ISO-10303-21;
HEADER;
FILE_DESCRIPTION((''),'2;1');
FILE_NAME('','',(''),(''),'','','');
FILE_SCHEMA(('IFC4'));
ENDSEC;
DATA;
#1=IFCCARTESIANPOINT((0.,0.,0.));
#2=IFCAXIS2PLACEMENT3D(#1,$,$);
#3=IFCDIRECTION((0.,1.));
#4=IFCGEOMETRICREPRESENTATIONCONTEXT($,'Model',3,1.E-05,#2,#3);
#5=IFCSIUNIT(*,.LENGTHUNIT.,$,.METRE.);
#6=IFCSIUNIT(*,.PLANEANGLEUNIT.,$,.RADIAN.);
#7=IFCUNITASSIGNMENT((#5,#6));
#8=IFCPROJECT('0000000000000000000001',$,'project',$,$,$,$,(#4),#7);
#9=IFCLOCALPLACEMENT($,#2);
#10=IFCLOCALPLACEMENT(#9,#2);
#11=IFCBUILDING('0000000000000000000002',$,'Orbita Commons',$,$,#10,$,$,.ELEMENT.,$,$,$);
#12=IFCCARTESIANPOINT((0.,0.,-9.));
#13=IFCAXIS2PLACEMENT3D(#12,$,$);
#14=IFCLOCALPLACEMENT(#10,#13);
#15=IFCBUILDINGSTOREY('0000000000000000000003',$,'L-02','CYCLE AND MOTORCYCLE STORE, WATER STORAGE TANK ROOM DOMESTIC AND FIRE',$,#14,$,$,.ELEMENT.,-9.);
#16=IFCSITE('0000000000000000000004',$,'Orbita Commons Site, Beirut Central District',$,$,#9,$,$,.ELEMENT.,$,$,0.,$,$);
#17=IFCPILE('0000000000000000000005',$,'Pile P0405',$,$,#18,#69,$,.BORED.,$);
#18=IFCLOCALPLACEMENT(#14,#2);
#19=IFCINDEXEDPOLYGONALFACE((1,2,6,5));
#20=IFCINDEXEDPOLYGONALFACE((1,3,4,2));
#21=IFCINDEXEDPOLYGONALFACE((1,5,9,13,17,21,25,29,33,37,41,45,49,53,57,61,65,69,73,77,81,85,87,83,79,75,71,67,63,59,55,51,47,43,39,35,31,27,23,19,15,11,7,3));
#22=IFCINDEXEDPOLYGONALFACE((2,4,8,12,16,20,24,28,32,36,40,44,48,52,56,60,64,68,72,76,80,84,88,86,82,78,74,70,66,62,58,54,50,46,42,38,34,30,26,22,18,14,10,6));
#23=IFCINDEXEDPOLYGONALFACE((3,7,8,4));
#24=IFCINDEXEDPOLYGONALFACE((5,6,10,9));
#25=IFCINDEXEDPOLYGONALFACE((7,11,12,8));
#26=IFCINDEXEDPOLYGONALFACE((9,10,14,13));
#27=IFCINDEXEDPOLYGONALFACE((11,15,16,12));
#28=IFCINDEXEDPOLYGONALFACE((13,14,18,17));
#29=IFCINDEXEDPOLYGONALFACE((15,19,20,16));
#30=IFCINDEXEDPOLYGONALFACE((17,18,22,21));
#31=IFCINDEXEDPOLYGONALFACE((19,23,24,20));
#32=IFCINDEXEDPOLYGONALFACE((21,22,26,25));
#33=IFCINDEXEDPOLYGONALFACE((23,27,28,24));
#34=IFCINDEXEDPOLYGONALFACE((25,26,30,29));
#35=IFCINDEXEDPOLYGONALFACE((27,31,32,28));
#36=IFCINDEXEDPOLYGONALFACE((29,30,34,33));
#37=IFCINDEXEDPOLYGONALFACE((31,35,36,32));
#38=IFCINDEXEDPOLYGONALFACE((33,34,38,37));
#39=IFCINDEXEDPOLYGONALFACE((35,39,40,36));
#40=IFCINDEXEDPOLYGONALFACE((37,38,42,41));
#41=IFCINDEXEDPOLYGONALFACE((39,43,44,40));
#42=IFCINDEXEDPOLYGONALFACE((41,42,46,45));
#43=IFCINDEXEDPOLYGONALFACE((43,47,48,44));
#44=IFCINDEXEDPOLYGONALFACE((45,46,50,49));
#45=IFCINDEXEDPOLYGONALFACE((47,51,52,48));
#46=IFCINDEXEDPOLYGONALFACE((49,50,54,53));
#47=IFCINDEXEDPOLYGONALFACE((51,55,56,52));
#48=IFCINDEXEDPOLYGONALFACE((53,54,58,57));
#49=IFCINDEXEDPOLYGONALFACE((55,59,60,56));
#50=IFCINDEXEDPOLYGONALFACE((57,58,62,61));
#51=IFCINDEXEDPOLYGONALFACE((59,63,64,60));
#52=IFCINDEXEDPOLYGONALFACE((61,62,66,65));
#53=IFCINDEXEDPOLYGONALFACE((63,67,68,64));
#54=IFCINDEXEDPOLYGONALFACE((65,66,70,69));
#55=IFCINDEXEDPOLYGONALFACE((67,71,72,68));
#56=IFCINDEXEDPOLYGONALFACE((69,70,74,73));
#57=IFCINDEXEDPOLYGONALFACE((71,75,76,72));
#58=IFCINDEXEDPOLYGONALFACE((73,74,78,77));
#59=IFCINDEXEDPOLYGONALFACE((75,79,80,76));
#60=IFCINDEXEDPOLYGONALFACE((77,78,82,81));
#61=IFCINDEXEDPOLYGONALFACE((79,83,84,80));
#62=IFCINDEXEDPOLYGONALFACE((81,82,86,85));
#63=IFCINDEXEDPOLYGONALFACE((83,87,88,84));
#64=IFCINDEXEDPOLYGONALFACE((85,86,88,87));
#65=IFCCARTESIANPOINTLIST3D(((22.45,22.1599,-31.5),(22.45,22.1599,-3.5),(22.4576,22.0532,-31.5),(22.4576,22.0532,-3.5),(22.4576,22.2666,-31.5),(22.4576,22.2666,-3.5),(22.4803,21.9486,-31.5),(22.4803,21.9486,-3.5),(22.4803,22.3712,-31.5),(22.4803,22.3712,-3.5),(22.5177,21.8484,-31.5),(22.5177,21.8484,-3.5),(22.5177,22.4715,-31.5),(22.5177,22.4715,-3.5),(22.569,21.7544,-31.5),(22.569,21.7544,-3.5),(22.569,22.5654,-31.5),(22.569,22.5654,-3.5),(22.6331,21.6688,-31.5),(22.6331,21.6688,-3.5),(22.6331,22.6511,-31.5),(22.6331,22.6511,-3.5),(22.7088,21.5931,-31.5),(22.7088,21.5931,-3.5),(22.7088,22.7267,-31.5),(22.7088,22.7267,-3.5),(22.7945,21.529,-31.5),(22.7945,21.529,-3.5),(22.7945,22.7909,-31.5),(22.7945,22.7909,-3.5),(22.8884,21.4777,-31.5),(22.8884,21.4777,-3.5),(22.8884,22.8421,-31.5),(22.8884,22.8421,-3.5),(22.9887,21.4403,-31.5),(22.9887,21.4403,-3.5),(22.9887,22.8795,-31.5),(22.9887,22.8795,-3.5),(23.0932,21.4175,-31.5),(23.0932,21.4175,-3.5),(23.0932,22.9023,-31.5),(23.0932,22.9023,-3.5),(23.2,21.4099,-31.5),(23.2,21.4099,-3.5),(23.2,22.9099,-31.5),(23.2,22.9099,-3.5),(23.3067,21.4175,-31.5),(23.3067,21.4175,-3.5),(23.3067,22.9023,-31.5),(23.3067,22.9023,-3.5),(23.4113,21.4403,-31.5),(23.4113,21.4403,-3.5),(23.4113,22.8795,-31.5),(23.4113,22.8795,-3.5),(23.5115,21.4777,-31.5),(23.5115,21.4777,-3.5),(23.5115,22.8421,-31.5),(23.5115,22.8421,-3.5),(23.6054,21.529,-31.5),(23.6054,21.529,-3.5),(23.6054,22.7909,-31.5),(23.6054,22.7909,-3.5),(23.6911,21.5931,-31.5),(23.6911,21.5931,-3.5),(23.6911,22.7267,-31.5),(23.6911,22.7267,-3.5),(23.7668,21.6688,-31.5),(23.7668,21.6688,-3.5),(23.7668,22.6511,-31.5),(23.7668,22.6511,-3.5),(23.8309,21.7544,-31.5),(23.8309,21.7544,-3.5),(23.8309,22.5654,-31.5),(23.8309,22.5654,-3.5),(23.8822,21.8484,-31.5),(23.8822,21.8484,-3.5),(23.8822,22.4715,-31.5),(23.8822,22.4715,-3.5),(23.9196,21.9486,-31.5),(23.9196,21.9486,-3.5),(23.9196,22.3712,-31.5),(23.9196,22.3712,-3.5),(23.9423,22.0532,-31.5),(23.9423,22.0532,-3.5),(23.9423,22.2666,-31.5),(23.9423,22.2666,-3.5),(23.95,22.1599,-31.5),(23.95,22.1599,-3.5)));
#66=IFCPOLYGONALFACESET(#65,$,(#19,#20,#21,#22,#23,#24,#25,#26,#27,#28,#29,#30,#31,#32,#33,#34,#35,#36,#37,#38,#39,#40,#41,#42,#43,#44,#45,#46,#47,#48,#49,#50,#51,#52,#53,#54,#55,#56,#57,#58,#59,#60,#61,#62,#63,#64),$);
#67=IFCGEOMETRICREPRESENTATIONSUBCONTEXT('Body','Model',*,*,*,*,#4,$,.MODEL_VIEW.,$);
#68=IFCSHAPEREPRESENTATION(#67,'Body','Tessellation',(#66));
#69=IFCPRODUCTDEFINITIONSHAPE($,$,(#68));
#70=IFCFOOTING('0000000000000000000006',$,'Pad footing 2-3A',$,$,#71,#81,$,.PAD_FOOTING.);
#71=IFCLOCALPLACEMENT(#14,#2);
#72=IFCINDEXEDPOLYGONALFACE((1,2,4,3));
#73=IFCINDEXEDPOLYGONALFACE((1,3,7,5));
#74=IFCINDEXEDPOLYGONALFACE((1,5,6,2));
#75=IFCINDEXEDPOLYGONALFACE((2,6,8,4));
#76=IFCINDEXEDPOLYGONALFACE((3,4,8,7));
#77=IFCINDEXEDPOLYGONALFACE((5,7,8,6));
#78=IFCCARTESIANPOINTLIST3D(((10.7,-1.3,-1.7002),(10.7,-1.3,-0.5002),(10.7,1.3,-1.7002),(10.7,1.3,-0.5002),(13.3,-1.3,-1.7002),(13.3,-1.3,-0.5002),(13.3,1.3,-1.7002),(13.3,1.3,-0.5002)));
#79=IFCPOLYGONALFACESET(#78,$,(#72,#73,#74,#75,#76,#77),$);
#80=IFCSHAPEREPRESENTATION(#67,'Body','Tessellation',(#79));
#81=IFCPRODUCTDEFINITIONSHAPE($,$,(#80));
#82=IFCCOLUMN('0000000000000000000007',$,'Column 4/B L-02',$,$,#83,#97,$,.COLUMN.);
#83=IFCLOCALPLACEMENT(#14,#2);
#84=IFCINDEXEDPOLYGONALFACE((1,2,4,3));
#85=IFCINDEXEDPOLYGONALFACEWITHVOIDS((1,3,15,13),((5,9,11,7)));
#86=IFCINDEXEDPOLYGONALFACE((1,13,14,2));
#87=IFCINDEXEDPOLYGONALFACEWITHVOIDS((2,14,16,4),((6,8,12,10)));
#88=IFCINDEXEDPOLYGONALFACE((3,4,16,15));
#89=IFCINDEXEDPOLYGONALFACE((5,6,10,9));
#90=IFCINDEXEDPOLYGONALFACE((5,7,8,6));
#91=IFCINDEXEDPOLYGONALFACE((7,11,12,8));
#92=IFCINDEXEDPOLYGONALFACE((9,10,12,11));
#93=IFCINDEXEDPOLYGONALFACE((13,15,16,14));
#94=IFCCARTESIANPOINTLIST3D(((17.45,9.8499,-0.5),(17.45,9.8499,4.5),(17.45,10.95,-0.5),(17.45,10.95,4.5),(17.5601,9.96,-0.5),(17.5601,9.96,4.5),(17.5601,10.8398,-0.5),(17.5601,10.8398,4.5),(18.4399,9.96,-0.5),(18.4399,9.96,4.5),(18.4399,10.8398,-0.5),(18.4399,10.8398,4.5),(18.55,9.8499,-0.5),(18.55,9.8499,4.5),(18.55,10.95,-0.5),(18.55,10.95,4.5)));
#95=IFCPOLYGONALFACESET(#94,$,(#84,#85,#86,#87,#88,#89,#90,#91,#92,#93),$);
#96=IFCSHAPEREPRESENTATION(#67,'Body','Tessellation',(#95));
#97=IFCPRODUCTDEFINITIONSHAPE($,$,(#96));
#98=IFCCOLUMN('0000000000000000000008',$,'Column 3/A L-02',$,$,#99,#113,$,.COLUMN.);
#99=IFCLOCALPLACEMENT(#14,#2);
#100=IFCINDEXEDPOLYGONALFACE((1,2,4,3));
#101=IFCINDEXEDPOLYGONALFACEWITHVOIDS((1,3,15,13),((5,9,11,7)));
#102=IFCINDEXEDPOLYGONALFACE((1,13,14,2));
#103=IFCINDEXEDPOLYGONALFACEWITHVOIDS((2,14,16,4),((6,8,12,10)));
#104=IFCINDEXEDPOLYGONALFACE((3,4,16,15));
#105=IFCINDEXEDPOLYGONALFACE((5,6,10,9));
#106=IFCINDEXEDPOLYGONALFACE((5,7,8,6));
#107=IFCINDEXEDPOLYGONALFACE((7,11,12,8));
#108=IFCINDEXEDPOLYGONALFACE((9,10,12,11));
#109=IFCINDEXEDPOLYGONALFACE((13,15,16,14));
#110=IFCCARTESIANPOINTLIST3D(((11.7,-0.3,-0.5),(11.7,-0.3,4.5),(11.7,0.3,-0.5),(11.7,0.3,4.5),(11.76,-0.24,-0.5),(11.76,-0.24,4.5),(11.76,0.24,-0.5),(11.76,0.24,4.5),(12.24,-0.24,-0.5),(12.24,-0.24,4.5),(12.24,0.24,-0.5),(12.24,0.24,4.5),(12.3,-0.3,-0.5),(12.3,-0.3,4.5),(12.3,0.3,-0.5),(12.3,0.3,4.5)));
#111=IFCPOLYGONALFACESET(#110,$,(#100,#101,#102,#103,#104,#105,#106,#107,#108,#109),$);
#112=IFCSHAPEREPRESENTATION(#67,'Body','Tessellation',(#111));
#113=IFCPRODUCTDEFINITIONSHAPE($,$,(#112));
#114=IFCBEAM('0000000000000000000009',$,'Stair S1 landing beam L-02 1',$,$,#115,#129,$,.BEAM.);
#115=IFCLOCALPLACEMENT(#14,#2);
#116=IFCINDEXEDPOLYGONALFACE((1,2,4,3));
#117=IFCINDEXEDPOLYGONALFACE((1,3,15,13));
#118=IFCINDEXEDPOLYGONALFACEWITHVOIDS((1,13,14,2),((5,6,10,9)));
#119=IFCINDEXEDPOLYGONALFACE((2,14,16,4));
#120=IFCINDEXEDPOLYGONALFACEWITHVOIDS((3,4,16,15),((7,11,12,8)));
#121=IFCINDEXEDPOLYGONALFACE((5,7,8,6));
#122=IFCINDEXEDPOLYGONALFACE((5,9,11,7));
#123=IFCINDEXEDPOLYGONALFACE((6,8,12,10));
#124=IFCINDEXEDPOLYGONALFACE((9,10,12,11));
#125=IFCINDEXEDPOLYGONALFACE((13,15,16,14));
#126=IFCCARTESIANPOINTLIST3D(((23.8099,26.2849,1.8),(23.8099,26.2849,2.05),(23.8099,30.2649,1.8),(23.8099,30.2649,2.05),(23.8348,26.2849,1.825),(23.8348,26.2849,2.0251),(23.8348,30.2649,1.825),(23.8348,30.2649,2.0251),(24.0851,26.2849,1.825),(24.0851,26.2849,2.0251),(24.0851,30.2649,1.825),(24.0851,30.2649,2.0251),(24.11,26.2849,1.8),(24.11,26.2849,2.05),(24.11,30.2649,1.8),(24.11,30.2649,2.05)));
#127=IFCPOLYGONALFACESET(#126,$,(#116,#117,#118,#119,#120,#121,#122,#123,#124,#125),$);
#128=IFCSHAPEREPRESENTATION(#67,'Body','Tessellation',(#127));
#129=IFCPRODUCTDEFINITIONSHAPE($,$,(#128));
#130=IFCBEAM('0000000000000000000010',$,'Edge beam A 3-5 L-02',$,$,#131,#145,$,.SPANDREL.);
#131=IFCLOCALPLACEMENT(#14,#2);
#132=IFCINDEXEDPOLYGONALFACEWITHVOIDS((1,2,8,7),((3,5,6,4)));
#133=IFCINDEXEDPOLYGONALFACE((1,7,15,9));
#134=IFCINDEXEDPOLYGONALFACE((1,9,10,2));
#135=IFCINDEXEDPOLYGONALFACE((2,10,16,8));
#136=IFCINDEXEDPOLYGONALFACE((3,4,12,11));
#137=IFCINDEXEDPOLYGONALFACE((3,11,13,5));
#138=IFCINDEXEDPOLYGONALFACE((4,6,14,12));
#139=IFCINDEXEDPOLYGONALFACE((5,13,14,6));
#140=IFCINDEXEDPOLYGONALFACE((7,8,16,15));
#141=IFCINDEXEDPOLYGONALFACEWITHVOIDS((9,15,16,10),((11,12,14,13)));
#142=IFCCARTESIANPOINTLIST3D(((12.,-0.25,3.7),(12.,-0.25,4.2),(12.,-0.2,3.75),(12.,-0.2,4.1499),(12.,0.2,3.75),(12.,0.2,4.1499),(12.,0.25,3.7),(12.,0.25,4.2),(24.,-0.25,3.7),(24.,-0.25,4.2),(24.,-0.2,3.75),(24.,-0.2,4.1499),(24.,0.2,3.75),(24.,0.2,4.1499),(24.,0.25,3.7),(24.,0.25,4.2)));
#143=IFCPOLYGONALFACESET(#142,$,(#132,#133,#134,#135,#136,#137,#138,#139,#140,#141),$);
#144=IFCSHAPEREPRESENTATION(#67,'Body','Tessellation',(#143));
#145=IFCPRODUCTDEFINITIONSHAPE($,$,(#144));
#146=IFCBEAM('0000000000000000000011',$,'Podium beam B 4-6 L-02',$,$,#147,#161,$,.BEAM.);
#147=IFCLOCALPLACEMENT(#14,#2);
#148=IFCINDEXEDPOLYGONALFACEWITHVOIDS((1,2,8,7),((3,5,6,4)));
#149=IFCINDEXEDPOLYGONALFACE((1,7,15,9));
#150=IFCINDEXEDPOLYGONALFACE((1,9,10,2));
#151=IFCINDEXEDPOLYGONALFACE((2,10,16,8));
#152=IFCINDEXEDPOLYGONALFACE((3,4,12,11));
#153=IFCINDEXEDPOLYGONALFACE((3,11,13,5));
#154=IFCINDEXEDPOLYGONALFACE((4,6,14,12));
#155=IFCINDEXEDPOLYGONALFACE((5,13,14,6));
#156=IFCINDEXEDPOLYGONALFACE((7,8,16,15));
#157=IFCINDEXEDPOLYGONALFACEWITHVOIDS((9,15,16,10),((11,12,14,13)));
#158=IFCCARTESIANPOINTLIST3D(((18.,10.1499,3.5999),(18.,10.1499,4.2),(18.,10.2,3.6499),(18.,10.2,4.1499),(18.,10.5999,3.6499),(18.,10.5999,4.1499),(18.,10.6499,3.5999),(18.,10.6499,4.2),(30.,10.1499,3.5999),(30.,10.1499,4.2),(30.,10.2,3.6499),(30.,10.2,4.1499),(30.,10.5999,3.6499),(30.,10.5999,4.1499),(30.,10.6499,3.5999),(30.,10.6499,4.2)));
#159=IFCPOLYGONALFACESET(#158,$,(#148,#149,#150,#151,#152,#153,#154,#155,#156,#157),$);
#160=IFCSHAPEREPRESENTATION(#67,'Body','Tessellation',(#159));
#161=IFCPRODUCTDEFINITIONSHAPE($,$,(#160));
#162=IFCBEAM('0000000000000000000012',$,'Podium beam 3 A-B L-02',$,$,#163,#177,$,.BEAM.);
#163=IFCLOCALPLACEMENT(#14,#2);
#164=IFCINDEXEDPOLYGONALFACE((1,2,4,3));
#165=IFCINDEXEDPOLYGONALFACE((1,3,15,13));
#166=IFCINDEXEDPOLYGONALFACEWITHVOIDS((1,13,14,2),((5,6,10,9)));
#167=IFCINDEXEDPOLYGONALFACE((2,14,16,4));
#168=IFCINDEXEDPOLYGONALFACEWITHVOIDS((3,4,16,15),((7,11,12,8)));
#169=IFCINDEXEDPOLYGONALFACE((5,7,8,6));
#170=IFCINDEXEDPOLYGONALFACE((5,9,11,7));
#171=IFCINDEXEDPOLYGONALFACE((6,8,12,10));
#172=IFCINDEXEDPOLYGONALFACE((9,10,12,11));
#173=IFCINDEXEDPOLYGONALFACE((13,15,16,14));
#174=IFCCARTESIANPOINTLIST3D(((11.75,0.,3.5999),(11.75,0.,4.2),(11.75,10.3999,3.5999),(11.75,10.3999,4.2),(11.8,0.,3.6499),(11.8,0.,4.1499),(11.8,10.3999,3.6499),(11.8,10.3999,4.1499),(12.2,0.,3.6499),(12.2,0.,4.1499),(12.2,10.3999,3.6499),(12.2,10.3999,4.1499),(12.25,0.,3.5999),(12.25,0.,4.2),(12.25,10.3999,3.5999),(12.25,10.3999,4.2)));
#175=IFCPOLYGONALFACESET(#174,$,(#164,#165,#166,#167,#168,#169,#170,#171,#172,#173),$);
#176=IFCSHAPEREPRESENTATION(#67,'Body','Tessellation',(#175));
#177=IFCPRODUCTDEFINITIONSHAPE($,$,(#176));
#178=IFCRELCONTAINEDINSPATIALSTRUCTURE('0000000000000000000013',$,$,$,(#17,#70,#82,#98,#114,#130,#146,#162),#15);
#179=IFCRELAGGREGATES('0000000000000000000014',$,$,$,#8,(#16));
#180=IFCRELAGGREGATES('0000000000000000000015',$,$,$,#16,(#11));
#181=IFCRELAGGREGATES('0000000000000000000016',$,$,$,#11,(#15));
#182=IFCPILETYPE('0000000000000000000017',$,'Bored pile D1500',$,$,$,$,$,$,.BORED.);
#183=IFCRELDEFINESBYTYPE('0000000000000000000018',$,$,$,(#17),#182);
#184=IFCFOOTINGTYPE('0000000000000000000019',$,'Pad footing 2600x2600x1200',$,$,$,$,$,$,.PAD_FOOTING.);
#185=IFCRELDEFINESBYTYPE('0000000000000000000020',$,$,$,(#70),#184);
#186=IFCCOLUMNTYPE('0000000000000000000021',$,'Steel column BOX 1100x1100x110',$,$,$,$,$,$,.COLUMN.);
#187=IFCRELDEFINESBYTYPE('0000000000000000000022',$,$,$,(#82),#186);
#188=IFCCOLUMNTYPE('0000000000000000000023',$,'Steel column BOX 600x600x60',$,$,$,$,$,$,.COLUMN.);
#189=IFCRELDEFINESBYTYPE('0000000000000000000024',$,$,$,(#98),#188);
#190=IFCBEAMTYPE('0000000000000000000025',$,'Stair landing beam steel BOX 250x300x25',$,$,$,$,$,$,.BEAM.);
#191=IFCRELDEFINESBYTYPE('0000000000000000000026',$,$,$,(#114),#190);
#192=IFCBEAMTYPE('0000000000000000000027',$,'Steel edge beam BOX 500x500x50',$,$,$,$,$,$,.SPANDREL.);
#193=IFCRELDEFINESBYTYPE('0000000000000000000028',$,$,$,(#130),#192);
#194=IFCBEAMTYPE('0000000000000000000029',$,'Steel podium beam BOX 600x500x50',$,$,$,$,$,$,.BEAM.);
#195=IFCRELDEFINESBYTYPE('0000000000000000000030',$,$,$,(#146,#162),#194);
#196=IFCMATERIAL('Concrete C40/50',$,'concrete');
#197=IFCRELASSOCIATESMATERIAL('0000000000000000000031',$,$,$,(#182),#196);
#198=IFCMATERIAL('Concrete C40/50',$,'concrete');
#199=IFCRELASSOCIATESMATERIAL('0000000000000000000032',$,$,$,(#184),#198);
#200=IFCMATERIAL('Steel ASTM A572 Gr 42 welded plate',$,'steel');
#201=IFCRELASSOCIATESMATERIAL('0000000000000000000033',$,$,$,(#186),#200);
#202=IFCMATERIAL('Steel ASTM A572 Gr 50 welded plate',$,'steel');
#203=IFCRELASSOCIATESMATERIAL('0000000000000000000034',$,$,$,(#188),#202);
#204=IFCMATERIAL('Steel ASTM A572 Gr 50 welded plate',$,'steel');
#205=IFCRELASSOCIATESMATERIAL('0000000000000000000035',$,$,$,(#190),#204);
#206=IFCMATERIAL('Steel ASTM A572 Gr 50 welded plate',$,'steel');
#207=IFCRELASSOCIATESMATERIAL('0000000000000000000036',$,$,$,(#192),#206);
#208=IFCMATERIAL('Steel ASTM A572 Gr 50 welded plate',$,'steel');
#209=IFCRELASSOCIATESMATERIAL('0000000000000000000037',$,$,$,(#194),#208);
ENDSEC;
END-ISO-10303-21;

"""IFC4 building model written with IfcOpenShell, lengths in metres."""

from ifc_helpers import new_model, si_unit, direction, frame, origin, origin_2d, place, context, subcontext, project, spatial, rectangle, hollow_rectangle, circle, extrude, material, material_profile, profile_set, type_object, element, save


model = new_model("IFC4")

# Units and contexts
model_context = context("Model", 3, precision=1e-05, world=origin(), true_north=direction((0.0, 1.0)))
body_context = subcontext(model_context, "Body", "Model", "MODEL_VIEW")
ifc_project = project(units=[si_unit("LENGTHUNIT", "METRE"), si_unit("PLANEANGLEUNIT", "RADIAN")], contexts=[model_context])

# Site, building, storey
site_placement = place(None, origin())
site = spatial("IfcSite", under=ifc_project, at=site_placement, Name="Orbita Commons Site, Beirut Central District", CompositionType="ELEMENT", RefElevation=0.0)
building_placement = place(site_placement, origin())
building = spatial("IfcBuilding", under=site, at=building_placement, Name="Orbita Commons", CompositionType="ELEMENT")
storey_placement = place(building_placement, frame((0.0, 0.0, -9.0)))
storey = spatial("IfcBuildingStorey", under=building, at=storey_placement, Name="L-02", Description="CYCLE AND MOTORCYCLE STORE, WATER STORAGE TANK ROOM DOMESTIC AND FIRE", CompositionType="ELEMENT", Elevation=-9.0)

# Pile
ifc_material_1 = material(Name="Concrete C40/50", Category="concrete")
ifc_material_profile_1 = material_profile(ifc_material_1, circle(Radius=0.75, at=origin_2d()), Name="RC D1500")
ifc_profile_set_1 = profile_set([ifc_material_profile_1], Name="Concrete C40/50")
pile_type = type_object("IfcPileType", Name="Bored pile D1500", PredefinedType="BORED", material=ifc_profile_set_1)
for number, where, z_axis, x_axis, name in (
    (1, (23.2, 22.1599, -3.5), (0.0, 0.0, -1.0), (1.0, 0.0, 0.0), "Pile P0405"),
):
    element("IfcPile", number, at=place(storey_placement, frame(where, z_axis=z_axis, x_axis=x_axis)), inside=storey, type_object=pile_type, Name=name, PredefinedType="BORED", context=body_context, shape_type="SweptSolid", body=[
        extrude(circle(Radius=0.75, at=origin_2d()), origin(), (0.0, 0.0, 1.0), 28.0),
    ])

# Footing
ifc_material_2 = material(Name="Concrete C40/50", Category="concrete")
footing_type = type_object("IfcFootingType", Name="Pad footing 2600x2600x1200", PredefinedType="PAD_FOOTING", material=ifc_material_2)
footing_placement = place(storey_placement, frame((12.0, 0.0, -1.7002), z_axis=(0.0, 0.0, 1.0), x_axis=(1.0, 0.0, 0.0)))
element("IfcFooting", 2, at=footing_placement, inside=storey, type_object=footing_type, Name="Pad footing 2-3A", PredefinedType="PAD_FOOTING", context=body_context, shape_type="SweptSolid", body=[
    extrude(rectangle(XDim=2.6001, YDim=2.6001, at=origin_2d()), origin(), (0.0, 0.0, 1.0), 1.2),
])

# Columns
ifc_material_3 = material(Name="Steel ASTM A572 Gr 42 welded plate", Category="steel")
ifc_material_profile_2 = material_profile(ifc_material_3, hollow_rectangle(XDim=1.1001, YDim=1.1001, WallThickness=0.1101, at=origin_2d()), Name="BOX 1100x1100x110")
ifc_profile_set_2 = profile_set([ifc_material_profile_2], Name="Steel ASTM A572 Gr 42 welded plate")
column_type_1 = type_object("IfcColumnType", Name="Steel column BOX 1100x1100x110", PredefinedType="COLUMN", material=ifc_profile_set_2)
column_1_placement = place(storey_placement, frame((18.0, 10.3999, -0.5), z_axis=(0.0, 0.0, 1.0), x_axis=(1.0, 0.0, 0.0)))
element("IfcColumn", 3, at=column_1_placement, inside=storey, type_object=column_type_1, Name="Column 4/B L-02", PredefinedType="COLUMN", context=body_context, shape_type="SweptSolid", body=[
    extrude(hollow_rectangle(XDim=1.1001, YDim=1.1001, WallThickness=0.1101, at=origin_2d()), origin(), (0.0, 0.0, 1.0), 5.0),
])
ifc_material_4 = material(Name="Steel ASTM A572 Gr 50 welded plate", Category="steel")
ifc_material_profile_3 = material_profile(ifc_material_4, hollow_rectangle(XDim=0.6001, YDim=0.6001, WallThickness=0.0601, at=origin_2d()), Name="BOX 600x600x60")
ifc_profile_set_3 = profile_set([ifc_material_profile_3], Name="Steel ASTM A572 Gr 50 welded plate")
column_type_2 = type_object("IfcColumnType", Name="Steel column BOX 600x600x60", PredefinedType="COLUMN", material=ifc_profile_set_3)
column_2_placement = place(storey_placement, frame((12.0, 0.0, -0.5), z_axis=(0.0, 0.0, 1.0), x_axis=(1.0, 0.0, 0.0)))
element("IfcColumn", 4, at=column_2_placement, inside=storey, type_object=column_type_2, Name="Column 3/A L-02", PredefinedType="COLUMN", context=body_context, shape_type="SweptSolid", body=[
    extrude(hollow_rectangle(XDim=0.6001, YDim=0.6001, WallThickness=0.0601, at=origin_2d()), origin(), (0.0, 0.0, 1.0), 5.0),
])

# Beams
ifc_material_5 = material(Name="Steel ASTM A572 Gr 50 welded plate", Category="steel")
ifc_material_profile_4 = material_profile(ifc_material_5, hollow_rectangle(XDim=0.3, YDim=0.25, WallThickness=0.0249, at=origin_2d()), Name="BOX 250x300x25")
ifc_profile_set_4 = profile_set([ifc_material_profile_4], Name="Steel ASTM A572 Gr 50 welded plate")
beam_type_1 = type_object("IfcBeamType", Name="Stair landing beam steel BOX 250x300x25", PredefinedType="BEAM", material=ifc_profile_set_4)
beam_1_placement = place(storey_placement, frame((23.96, 26.2849, 1.925), z_axis=(0.0, 1.0, 0.0), x_axis=(-1.0, 0.0, 0.0)))
element("IfcBeam", 5, at=beam_1_placement, inside=storey, type_object=beam_type_1, Name="Stair S1 landing beam L-02 1", PredefinedType="BEAM", context=body_context, shape_type="SweptSolid", body=[
    extrude(hollow_rectangle(XDim=0.3, YDim=0.25, WallThickness=0.0249, at=origin_2d()), origin(), (0.0, 0.0, 1.0), 3.98),
])
ifc_material_6 = material(Name="Steel ASTM A572 Gr 50 welded plate", Category="steel")
ifc_material_profile_5 = material_profile(ifc_material_6, hollow_rectangle(XDim=0.5, YDim=0.5, WallThickness=0.05, at=origin_2d()), Name="BOX 500x500x50")
ifc_profile_set_5 = profile_set([ifc_material_profile_5], Name="Steel ASTM A572 Gr 50 welded plate")
beam_type_2 = type_object("IfcBeamType", Name="Steel edge beam BOX 500x500x50", PredefinedType="SPANDREL", material=ifc_profile_set_5)
beam_2_placement = place(storey_placement, frame((12.0, 0.0, 3.95), z_axis=(1.0, 0.0, 0.0), x_axis=(0.0, 1.0, 0.0)))
element("IfcBeam", 6, at=beam_2_placement, inside=storey, type_object=beam_type_2, Name="Edge beam A 3-5 L-02", PredefinedType="SPANDREL", context=body_context, shape_type="SweptSolid", body=[
    extrude(hollow_rectangle(XDim=0.5, YDim=0.5, WallThickness=0.05, at=origin_2d()), origin(), (0.0, 0.0, 1.0), 12.0),
])
ifc_material_7 = material(Name="Steel ASTM A572 Gr 50 welded plate", Category="steel")
ifc_material_profile_6 = material_profile(ifc_material_7, hollow_rectangle(XDim=0.5, YDim=0.6001, WallThickness=0.05, at=origin_2d()), Name="BOX 600x500x50")
ifc_profile_set_6 = profile_set([ifc_material_profile_6], Name="Steel ASTM A572 Gr 50 welded plate")
beam_type_3 = type_object("IfcBeamType", Name="Steel podium beam BOX 600x500x50", PredefinedType="BEAM", material=ifc_profile_set_6)
beam_3_placement = place(storey_placement, frame((18.0, 10.3999, 3.8999), z_axis=(1.0, 0.0, 0.0), x_axis=(0.0, 1.0, 0.0)))
element("IfcBeam", 7, at=beam_3_placement, inside=storey, type_object=beam_type_3, Name="Podium beam B 4-6 L-02", PredefinedType="BEAM", context=body_context, shape_type="SweptSolid", body=[
    extrude(hollow_rectangle(XDim=0.5, YDim=0.6001, WallThickness=0.05, at=origin_2d()), origin(), (0.0, 0.0, 1.0), 12.0),
])
beam_4_placement = place(storey_placement, frame((12.0, 0.0, 3.8999), z_axis=(0.0, 1.0, 0.0), x_axis=(-1.0, 0.0, 0.0)))
element("IfcBeam", 8, at=beam_4_placement, inside=storey, type_object=beam_type_3, Name="Podium beam 3 A-B L-02", PredefinedType="BEAM", context=body_context, shape_type="SweptSolid", body=[
    extrude(hollow_rectangle(XDim=0.5, YDim=0.6001, WallThickness=0.05, at=origin_2d()), origin(), (0.0, 0.0, 1.0), 10.3999),
])

save(model, "model.ifc")
